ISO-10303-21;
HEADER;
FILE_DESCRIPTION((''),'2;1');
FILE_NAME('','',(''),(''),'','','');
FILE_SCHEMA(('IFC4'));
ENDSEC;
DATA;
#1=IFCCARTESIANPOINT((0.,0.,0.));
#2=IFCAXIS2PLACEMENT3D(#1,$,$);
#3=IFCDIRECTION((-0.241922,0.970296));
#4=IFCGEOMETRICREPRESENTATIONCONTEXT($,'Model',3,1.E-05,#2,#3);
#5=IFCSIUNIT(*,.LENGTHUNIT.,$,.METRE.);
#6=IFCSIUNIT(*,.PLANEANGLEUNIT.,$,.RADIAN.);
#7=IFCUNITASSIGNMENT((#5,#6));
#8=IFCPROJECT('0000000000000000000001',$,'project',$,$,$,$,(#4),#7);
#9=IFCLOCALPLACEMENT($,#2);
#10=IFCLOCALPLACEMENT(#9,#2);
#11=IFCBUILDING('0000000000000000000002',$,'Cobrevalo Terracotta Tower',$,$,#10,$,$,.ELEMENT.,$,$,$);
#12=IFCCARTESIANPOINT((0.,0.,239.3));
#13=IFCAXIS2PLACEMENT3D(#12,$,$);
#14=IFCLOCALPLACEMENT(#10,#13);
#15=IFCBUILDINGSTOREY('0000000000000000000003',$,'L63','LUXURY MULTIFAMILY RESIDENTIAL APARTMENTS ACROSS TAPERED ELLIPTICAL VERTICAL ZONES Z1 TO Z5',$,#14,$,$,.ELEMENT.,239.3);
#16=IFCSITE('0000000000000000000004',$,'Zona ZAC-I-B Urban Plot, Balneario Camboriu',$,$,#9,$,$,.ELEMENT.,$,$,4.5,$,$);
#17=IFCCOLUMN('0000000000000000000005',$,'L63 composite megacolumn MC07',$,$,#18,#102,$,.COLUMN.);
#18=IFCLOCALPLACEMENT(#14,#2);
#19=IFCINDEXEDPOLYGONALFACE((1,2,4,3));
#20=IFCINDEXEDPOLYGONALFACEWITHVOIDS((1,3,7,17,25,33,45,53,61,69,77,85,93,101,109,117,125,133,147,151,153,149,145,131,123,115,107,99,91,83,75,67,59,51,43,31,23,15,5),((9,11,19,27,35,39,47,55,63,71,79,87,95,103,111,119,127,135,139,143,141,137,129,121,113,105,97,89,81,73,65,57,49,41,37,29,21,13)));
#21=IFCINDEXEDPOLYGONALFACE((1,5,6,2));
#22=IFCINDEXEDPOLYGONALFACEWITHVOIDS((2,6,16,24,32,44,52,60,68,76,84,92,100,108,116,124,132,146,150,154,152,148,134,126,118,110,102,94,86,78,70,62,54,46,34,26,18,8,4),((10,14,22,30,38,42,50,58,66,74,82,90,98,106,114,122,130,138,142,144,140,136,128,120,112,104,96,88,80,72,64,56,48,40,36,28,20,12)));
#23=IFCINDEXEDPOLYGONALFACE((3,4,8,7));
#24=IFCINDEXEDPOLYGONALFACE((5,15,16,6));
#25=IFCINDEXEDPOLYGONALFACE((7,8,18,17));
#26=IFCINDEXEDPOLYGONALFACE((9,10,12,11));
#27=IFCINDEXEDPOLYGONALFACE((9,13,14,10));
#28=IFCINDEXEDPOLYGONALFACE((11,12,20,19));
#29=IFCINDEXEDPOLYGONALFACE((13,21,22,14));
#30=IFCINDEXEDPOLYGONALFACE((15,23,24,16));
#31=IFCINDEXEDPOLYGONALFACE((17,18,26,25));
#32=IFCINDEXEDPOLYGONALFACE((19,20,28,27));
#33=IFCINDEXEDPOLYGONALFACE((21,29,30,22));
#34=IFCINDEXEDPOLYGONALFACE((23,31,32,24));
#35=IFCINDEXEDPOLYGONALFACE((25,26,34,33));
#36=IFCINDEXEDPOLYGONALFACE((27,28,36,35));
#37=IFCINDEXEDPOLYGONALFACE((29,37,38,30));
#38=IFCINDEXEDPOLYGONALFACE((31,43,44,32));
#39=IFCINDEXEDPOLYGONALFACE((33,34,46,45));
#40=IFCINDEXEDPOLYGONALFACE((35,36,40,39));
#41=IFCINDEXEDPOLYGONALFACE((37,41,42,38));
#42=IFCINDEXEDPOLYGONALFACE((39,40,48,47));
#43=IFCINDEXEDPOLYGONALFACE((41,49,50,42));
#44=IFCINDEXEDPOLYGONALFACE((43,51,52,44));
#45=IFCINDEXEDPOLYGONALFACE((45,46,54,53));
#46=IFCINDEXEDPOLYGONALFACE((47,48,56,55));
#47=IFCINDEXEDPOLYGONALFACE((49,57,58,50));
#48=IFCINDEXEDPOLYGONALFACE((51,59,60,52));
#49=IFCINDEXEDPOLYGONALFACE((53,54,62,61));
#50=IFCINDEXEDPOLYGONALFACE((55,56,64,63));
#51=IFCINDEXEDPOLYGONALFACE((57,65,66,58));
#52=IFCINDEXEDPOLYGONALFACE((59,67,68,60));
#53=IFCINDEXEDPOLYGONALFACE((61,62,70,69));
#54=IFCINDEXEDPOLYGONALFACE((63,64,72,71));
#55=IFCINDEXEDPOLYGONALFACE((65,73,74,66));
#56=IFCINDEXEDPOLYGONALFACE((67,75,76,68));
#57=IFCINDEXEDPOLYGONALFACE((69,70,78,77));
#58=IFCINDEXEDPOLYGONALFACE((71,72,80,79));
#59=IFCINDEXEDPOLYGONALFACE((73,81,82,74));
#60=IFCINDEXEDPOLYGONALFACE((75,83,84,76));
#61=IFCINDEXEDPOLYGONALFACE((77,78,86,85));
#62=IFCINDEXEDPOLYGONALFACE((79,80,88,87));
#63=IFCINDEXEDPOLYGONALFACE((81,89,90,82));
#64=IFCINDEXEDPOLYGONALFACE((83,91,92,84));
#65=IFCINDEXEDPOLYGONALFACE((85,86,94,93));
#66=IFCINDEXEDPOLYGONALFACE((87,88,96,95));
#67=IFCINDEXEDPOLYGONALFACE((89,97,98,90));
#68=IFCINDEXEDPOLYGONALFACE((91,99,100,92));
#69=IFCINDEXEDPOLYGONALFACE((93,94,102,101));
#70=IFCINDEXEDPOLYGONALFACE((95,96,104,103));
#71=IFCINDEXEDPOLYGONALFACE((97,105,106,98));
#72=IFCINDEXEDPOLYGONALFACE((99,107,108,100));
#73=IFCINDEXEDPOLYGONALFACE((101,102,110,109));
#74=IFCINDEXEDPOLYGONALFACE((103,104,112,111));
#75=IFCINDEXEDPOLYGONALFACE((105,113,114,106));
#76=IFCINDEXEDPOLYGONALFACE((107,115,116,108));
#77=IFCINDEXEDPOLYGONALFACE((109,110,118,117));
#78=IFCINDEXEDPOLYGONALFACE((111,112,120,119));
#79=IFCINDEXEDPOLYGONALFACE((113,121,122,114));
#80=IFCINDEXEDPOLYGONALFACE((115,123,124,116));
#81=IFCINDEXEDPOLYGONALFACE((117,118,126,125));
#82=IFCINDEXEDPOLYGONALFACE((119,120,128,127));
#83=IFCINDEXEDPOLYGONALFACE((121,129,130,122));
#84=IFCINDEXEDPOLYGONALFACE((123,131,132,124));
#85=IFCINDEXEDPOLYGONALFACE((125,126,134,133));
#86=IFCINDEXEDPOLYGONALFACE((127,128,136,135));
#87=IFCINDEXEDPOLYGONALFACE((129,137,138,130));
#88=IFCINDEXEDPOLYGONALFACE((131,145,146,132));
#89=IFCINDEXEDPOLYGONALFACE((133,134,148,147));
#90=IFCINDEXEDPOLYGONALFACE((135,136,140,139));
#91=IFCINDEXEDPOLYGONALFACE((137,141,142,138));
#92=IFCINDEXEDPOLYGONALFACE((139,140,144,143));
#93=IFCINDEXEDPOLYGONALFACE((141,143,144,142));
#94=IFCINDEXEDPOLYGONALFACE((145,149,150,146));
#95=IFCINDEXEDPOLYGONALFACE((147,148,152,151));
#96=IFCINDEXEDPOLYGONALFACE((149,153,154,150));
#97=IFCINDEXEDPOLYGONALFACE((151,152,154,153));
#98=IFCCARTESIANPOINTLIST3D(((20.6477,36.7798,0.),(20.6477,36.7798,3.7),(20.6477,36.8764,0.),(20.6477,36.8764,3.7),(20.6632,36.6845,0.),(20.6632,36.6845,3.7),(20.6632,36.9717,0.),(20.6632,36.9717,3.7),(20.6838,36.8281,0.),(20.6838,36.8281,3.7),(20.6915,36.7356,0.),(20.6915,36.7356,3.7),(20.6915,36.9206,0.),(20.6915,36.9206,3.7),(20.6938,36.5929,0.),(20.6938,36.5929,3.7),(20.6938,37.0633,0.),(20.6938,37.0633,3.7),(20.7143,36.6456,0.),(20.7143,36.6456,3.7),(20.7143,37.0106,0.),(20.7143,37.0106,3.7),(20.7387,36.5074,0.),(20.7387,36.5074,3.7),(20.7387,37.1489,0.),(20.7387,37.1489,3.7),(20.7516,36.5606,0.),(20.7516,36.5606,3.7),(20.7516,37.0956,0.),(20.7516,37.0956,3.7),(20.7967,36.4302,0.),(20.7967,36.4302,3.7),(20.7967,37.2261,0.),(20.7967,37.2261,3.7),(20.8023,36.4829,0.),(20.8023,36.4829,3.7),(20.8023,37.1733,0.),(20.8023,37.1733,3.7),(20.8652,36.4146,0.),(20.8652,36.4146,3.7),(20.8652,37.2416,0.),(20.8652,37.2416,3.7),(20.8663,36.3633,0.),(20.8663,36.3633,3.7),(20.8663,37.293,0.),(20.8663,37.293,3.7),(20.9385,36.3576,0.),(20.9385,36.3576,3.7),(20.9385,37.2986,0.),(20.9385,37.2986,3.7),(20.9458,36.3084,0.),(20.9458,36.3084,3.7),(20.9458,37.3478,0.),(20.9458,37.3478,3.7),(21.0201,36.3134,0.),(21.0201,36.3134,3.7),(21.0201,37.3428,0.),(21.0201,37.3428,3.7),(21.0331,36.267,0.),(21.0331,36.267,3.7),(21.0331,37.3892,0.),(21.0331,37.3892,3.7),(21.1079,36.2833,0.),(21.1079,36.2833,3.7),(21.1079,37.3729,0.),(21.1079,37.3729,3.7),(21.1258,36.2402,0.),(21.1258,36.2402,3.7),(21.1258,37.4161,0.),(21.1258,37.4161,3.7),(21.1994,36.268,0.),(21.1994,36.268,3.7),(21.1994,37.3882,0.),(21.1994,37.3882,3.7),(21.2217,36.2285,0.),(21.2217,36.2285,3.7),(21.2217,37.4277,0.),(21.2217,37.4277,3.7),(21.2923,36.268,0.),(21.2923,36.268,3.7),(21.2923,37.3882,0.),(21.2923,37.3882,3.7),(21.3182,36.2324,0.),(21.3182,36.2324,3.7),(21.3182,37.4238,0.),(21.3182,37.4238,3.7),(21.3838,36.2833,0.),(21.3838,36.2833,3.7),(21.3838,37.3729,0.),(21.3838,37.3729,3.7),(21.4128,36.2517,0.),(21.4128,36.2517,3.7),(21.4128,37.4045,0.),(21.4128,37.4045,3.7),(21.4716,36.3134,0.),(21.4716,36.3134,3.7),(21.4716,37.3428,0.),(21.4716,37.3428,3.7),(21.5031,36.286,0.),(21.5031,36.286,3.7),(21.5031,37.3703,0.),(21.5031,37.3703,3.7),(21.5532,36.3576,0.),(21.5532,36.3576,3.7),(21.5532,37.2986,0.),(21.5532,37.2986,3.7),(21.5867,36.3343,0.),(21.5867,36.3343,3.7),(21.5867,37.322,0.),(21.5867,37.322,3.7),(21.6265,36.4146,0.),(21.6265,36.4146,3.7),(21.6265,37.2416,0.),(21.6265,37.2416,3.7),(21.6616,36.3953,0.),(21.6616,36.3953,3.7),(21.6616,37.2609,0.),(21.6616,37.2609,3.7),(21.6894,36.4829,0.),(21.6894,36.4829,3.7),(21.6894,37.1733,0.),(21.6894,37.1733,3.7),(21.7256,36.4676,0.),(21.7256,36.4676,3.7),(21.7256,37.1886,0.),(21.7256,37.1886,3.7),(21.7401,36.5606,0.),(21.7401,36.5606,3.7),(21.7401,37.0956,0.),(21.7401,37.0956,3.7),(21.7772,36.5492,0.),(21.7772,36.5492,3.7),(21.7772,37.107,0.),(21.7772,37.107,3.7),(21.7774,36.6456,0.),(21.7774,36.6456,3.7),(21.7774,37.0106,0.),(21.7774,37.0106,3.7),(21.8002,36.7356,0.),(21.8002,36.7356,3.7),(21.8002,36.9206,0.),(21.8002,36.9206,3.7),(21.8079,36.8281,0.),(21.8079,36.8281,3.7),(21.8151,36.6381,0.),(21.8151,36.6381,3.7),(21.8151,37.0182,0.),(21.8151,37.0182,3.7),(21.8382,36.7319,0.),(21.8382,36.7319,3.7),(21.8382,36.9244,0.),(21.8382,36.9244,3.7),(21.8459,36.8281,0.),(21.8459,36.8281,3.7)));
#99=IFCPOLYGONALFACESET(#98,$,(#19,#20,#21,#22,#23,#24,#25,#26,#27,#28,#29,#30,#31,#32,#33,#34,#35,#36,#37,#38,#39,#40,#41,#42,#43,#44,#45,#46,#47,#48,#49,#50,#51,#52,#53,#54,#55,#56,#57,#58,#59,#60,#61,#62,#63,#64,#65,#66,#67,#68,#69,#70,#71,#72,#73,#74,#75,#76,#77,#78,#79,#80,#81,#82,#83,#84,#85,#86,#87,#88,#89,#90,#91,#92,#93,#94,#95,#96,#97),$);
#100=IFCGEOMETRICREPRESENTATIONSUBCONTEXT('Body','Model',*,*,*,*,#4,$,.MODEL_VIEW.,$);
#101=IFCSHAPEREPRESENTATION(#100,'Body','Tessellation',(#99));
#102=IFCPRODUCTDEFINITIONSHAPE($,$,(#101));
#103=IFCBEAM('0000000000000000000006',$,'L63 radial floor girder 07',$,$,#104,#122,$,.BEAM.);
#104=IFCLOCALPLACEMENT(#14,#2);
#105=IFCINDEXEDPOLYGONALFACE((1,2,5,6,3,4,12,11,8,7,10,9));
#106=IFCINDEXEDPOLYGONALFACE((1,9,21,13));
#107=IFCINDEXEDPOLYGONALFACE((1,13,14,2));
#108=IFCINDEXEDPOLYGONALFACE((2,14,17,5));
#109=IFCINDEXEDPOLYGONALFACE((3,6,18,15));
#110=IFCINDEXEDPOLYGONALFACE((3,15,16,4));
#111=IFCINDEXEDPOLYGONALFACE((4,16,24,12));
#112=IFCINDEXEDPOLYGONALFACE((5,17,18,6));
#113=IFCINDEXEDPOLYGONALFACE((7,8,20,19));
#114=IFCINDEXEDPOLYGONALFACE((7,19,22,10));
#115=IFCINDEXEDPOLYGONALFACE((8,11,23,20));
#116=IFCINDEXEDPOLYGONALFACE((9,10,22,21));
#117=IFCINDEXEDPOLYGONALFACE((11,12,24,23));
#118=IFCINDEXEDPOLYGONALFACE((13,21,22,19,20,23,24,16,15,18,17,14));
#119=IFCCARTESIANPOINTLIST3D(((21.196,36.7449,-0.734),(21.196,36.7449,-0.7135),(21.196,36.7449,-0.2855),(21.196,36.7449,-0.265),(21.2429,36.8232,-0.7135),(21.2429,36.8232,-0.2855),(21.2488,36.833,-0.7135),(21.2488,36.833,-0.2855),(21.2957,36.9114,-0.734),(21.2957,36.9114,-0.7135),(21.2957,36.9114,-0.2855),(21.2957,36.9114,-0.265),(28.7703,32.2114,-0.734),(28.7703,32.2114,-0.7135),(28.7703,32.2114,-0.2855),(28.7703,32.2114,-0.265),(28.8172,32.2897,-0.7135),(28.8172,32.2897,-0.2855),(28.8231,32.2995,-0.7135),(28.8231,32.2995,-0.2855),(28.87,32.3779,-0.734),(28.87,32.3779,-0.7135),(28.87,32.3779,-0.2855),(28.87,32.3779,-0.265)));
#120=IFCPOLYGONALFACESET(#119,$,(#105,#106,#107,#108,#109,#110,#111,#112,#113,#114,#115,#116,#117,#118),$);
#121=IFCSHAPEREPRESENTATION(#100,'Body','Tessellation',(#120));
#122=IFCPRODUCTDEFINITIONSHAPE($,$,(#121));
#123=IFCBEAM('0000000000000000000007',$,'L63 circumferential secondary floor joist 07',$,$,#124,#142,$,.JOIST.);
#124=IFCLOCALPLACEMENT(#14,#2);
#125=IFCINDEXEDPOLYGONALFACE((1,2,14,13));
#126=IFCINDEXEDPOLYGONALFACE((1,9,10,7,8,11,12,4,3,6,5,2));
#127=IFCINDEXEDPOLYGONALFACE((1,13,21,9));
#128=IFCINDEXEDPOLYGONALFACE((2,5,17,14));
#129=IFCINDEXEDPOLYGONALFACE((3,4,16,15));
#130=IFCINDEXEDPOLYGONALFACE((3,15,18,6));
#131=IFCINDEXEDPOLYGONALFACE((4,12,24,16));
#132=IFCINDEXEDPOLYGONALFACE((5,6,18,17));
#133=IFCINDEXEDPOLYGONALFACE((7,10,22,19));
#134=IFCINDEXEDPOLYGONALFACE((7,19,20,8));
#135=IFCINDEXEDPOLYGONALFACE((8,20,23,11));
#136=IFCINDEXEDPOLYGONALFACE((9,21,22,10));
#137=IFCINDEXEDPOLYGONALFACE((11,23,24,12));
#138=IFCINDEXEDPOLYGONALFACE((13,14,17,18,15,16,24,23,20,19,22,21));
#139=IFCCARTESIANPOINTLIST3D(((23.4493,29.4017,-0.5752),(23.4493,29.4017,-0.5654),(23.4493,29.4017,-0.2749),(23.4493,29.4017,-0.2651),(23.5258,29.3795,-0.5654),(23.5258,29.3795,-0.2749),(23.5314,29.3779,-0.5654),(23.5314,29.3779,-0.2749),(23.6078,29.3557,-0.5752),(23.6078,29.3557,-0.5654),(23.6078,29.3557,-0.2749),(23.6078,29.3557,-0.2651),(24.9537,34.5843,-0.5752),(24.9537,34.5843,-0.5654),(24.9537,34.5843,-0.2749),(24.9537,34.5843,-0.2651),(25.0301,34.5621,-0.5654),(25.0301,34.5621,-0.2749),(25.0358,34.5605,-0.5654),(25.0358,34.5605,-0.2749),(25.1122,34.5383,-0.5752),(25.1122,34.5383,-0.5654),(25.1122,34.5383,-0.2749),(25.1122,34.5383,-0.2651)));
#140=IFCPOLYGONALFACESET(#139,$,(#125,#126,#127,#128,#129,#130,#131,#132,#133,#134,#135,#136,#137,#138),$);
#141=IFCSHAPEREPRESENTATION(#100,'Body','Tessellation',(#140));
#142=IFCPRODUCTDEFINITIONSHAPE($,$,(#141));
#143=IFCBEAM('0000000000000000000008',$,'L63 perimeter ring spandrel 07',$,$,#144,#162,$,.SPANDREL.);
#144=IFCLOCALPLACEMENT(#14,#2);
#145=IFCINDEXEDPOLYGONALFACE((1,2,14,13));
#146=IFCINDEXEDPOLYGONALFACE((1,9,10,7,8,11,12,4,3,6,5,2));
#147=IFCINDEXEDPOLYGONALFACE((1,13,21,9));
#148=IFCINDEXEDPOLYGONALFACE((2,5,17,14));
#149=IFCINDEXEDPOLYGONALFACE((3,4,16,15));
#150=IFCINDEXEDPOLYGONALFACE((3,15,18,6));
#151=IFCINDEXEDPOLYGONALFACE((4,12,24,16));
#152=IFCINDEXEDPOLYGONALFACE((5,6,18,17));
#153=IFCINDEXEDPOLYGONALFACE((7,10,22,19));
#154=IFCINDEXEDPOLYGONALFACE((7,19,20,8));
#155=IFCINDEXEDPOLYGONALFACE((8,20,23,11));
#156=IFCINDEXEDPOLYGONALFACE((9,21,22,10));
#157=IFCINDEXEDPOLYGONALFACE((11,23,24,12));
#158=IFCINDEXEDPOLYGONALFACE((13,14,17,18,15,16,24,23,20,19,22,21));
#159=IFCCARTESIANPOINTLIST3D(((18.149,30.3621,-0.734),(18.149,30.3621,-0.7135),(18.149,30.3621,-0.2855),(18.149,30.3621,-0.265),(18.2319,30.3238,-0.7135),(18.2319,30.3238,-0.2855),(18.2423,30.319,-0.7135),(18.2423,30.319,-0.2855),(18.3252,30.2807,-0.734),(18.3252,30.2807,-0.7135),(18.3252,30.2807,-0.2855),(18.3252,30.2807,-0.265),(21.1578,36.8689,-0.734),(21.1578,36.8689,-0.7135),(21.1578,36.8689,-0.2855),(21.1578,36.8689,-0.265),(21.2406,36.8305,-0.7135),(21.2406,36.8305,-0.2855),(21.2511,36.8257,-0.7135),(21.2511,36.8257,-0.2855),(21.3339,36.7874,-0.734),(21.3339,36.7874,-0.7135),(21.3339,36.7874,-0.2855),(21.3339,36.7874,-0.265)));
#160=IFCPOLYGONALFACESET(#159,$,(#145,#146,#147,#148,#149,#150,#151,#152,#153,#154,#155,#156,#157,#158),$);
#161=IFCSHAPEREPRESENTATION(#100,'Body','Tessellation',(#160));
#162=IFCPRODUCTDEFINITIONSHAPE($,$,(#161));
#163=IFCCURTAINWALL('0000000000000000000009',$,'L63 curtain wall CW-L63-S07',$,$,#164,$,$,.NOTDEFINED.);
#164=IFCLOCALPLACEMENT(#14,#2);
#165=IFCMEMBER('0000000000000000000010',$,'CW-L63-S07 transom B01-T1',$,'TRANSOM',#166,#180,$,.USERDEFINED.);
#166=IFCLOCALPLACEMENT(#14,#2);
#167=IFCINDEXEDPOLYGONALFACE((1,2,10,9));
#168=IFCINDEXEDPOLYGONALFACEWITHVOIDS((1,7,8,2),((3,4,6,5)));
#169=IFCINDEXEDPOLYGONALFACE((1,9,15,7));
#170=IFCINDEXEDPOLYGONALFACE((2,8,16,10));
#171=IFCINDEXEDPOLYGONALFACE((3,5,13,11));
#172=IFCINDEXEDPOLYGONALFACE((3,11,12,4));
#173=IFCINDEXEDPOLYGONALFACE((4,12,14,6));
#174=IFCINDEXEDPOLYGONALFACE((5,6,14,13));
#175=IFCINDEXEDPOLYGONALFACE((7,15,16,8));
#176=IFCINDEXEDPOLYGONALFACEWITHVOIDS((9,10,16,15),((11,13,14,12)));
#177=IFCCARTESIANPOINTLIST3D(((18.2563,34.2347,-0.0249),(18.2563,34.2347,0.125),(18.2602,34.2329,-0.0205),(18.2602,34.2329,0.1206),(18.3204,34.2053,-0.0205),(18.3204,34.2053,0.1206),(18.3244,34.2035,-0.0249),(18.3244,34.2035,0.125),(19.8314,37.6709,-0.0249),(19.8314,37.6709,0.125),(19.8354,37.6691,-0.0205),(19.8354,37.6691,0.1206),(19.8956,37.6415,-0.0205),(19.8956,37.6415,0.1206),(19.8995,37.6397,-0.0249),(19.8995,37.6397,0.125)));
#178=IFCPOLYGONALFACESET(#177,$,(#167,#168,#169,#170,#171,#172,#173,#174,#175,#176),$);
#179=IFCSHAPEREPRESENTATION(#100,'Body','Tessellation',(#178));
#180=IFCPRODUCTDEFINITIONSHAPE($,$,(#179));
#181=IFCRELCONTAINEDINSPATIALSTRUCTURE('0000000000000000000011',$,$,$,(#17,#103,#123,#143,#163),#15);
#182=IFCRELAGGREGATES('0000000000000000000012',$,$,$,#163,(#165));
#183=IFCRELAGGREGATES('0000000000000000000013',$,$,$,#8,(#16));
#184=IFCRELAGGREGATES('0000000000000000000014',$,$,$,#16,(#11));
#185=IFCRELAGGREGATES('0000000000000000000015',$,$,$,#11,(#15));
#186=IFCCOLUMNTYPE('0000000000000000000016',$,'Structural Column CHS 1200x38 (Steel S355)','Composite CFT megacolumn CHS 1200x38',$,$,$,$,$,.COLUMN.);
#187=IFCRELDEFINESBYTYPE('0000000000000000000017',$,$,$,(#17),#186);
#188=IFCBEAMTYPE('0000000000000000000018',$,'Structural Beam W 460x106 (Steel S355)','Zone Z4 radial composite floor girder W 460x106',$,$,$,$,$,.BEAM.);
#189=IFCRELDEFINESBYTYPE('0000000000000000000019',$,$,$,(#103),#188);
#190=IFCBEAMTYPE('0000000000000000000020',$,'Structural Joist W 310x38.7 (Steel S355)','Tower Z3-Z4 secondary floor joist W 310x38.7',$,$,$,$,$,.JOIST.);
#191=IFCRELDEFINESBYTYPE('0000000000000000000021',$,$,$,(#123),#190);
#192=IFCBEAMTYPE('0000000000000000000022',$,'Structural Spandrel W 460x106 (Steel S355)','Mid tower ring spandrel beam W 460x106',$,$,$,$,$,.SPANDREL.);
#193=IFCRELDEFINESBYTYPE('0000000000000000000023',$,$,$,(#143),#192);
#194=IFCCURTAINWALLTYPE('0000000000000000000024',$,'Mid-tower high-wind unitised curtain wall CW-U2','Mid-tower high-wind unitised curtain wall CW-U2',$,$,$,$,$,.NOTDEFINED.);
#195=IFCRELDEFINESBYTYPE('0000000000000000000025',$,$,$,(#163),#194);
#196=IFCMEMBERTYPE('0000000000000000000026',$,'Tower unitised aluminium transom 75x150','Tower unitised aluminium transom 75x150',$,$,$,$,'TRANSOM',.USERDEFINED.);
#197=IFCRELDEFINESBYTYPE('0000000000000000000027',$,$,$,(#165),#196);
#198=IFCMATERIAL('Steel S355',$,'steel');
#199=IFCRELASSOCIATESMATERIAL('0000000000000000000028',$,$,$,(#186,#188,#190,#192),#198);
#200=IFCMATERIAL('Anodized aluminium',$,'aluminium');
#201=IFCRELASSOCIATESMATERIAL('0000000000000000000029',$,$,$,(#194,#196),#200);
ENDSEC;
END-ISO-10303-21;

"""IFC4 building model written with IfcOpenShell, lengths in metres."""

from ifc_helpers import new_model, si_unit, direction, frame, origin, origin_2d, place, context, subcontext, project, spatial, hollow_rectangle, hollow_circle, i_section, extrude, source, transform, mapped, material, material_profile, profile_set, type_object, element, aggregate, save


model = new_model("IFC4")

# Units and contexts
model_context = context("Model", 3, precision=1e-05, world=origin(), true_north=direction((-0.241922, 0.970296)))
body_context = subcontext(model_context, "Body", "Model", "MODEL_VIEW")
ifc_project = project(units=[si_unit("LENGTHUNIT", "METRE"), si_unit("PLANEANGLEUNIT", "RADIAN")], contexts=[model_context])

# Site, building, storey
site_placement = place(None, origin())
site = spatial("IfcSite", under=ifc_project, at=site_placement, Name="Zona ZAC-I-B Urban Plot, Balneario Camboriu", CompositionType="ELEMENT", RefElevation=4.5)
building_placement = place(site_placement, origin())
building = spatial("IfcBuilding", under=site, at=building_placement, Name="Cobrevalo Terracotta Tower", CompositionType="ELEMENT")
storey_placement = place(building_placement, frame((0.0, 0.0, 239.3)))
storey = spatial("IfcBuildingStorey", under=building, at=storey_placement, Name="L63", Description="LUXURY MULTIFAMILY RESIDENTIAL APARTMENTS ACROSS TAPERED ELLIPTICAL VERTICAL ZONES Z1 TO Z5", CompositionType="ELEMENT", Elevation=239.3)

# Column
ifc_material_1 = material(Name="Steel S355", Category="steel")
ifc_material_profile_1 = material_profile(ifc_material_1, hollow_circle(Radius=0.6001, WallThickness=0.0381, at=origin_2d()), Name="CHS 1200x38")
ifc_profile_set_1 = profile_set([ifc_material_profile_1], Name="Steel S355")
column_type = type_object("IfcColumnType", Name="Structural Column CHS 1200x38 (Steel S355)", Description="Composite CFT megacolumn CHS 1200x38", PredefinedType="COLUMN", material=ifc_profile_set_1)
column_placement = place(storey_placement, frame((21.2458, 36.8281, 0.0), z_axis=(0.0, 0.0, 1.0), x_axis=(1.0, 0.0, 0.0)))
element("IfcColumn", 1, at=column_placement, inside=storey, type_object=column_type, Name="L63 composite megacolumn MC07", PredefinedType="COLUMN", context=body_context, shape_type="SweptSolid", body=[
    extrude(hollow_circle(Radius=0.6001, WallThickness=0.0381, at=origin_2d()), origin(), (0.0, 0.0, 1.0), 3.7),
])

# Beams
ifc_material_profile_2 = material_profile(ifc_material_1, i_section(OverallWidth=0.1941, OverallDepth=0.469, WebThickness=0.0115, FlangeThickness=0.0205, at=origin_2d()), Name="W 460x106")
ifc_profile_set_2 = profile_set([ifc_material_profile_2], Name="Steel S355")
beam_type_1 = type_object("IfcBeamType", Name="Structural Beam W 460x106 (Steel S355)", Description="Zone Z4 radial composite floor girder W 460x106", PredefinedType="BEAM", material=ifc_profile_set_2)
beam_1_placement = place(storey_placement, frame((21.2458, 36.8281, -0.4995), z_axis=(0.858046, -0.513572, 0.0), x_axis=(0.513572, 0.858046, 0.0)))
element("IfcBeam", 2, at=beam_1_placement, inside=storey, type_object=beam_type_1, Name="L63 radial floor girder 07", PredefinedType="BEAM", context=body_context, shape_type="SweptSolid", body=[
    extrude(i_section(OverallWidth=0.1941, OverallDepth=0.469, WebThickness=0.0115, FlangeThickness=0.0205, at=origin_2d()), origin(), (0.0, 0.0, 1.0), 8.8274),
])
ifc_material_profile_3 = material_profile(ifc_material_1, i_section(OverallWidth=0.165, OverallDepth=0.3101, WebThickness=0.0059, FlangeThickness=0.0098, at=origin_2d()), Name="W 310x38.7")
ifc_profile_set_3 = profile_set([ifc_material_profile_3], Name="Steel S355")
beam_type_2 = type_object("IfcBeamType", Name="Structural Joist W 310x38.7 (Steel S355)", Description="Tower Z3-Z4 secondary floor joist W 310x38.7", PredefinedType="JOIST", material=ifc_profile_set_3)
beam_2_placement = place(storey_placement, frame((25.033, 34.5613, -0.4202), z_axis=(-0.27877, -0.960358, 0.0), x_axis=(0.960358, -0.27877, 0.0)))
element("IfcBeam", 3, at=beam_2_placement, inside=storey, type_object=beam_type_2, Name="L63 circumferential secondary floor joist 07", PredefinedType="JOIST", context=body_context, shape_type="SweptSolid", body=[
    extrude(i_section(OverallWidth=0.165, OverallDepth=0.3101, WebThickness=0.0059, FlangeThickness=0.0098, at=origin_2d()), origin(), (0.0, 0.0, 1.0), 5.3965),
])
ifc_material_profile_4 = material_profile(ifc_material_1, i_section(OverallWidth=0.1941, OverallDepth=0.469, WebThickness=0.0115, FlangeThickness=0.0205, at=origin_2d()), Name="W 460x106")
ifc_profile_set_4 = profile_set([ifc_material_profile_4], Name="Steel S355")
beam_type_3 = type_object("IfcBeamType", Name="Structural Spandrel W 460x106 (Steel S355)", Description="Mid tower ring spandrel beam W 460x106", PredefinedType="SPANDREL", material=ifc_profile_set_4)
beam_3_placement = place(storey_placement, frame((21.2458, 36.8281, -0.4995), z_axis=(-0.419706, -0.90766, 0.0), x_axis=(0.90766, -0.419706, 0.0)))
element("IfcBeam", 4, at=beam_3_placement, inside=storey, type_object=beam_type_3, Name="L63 perimeter ring spandrel 07", PredefinedType="SPANDREL", context=body_context, shape_type="SweptSolid", body=[
    extrude(i_section(OverallWidth=0.1941, OverallDepth=0.469, WebThickness=0.0115, FlangeThickness=0.0205, at=origin_2d()), origin(), (0.0, 0.0, 1.0), 7.1687),
])

# Curtain wall, member
ifc_material_2 = material(Name="Anodized aluminium", Category="aluminium")
curtain_wall_type = type_object("IfcCurtainWallType", Name="Mid-tower high-wind unitised curtain wall CW-U2", Description="Mid-tower high-wind unitised curtain wall CW-U2", PredefinedType="NOTDEFINED", material=ifc_material_2)
curtain_wall_1_placement = place(storey_placement, origin())
curtain_wall_1 = element("IfcCurtainWall", 5, at=curtain_wall_1_placement, inside=storey, type_object=curtain_wall_type, Name="L63 curtain wall CW-L63-S07", PredefinedType="NOTDEFINED")
ifc_material_profile_5 = material_profile(ifc_material_2, hollow_rectangle(XDim=0.075, YDim=0.1499, WallThickness=0.0044, at=origin_2d()), Name="CWT 75x150")
ifc_profile_set_5 = profile_set([ifc_material_profile_5], Name="Anodized aluminium")
member_type_1 = type_object("IfcMemberType", Name="Tower unitised aluminium transom 75x150", Description="Tower unitised aluminium transom 75x150", ElementType="TRANSOM", PredefinedType="USERDEFINED", material=ifc_profile_set_5)
shared_shape_1 = source(origin(), body_context, "Body", "SweptSolid", [
    extrude(hollow_rectangle(XDim=0.075, YDim=0.1499, WallThickness=0.0044, at=origin_2d()), origin(), (0.0, 0.0, 1.0), 3.78),
])
member_1_placement = place(storey_placement, frame((19.8655, 37.6553, 0.05), z_axis=(-0.416706, -0.909041, 0.0), x_axis=(0.909041, -0.416706, 0.0)))
member_1 = element("IfcMember", 6, at=member_1_placement, type_object=member_type_1, Name="CW-L63-S07 transom B01-T1", ObjectType="TRANSOM", PredefinedType="USERDEFINED", context=body_context, shape_type="MappedRepresentation", body=[
    mapped(shared_shape_1, transform((0.0, 0.0, 0.0), scale=1.0)),
])

aggregate(curtain_wall_1, [member_1])

save(model, "model.ifc")
